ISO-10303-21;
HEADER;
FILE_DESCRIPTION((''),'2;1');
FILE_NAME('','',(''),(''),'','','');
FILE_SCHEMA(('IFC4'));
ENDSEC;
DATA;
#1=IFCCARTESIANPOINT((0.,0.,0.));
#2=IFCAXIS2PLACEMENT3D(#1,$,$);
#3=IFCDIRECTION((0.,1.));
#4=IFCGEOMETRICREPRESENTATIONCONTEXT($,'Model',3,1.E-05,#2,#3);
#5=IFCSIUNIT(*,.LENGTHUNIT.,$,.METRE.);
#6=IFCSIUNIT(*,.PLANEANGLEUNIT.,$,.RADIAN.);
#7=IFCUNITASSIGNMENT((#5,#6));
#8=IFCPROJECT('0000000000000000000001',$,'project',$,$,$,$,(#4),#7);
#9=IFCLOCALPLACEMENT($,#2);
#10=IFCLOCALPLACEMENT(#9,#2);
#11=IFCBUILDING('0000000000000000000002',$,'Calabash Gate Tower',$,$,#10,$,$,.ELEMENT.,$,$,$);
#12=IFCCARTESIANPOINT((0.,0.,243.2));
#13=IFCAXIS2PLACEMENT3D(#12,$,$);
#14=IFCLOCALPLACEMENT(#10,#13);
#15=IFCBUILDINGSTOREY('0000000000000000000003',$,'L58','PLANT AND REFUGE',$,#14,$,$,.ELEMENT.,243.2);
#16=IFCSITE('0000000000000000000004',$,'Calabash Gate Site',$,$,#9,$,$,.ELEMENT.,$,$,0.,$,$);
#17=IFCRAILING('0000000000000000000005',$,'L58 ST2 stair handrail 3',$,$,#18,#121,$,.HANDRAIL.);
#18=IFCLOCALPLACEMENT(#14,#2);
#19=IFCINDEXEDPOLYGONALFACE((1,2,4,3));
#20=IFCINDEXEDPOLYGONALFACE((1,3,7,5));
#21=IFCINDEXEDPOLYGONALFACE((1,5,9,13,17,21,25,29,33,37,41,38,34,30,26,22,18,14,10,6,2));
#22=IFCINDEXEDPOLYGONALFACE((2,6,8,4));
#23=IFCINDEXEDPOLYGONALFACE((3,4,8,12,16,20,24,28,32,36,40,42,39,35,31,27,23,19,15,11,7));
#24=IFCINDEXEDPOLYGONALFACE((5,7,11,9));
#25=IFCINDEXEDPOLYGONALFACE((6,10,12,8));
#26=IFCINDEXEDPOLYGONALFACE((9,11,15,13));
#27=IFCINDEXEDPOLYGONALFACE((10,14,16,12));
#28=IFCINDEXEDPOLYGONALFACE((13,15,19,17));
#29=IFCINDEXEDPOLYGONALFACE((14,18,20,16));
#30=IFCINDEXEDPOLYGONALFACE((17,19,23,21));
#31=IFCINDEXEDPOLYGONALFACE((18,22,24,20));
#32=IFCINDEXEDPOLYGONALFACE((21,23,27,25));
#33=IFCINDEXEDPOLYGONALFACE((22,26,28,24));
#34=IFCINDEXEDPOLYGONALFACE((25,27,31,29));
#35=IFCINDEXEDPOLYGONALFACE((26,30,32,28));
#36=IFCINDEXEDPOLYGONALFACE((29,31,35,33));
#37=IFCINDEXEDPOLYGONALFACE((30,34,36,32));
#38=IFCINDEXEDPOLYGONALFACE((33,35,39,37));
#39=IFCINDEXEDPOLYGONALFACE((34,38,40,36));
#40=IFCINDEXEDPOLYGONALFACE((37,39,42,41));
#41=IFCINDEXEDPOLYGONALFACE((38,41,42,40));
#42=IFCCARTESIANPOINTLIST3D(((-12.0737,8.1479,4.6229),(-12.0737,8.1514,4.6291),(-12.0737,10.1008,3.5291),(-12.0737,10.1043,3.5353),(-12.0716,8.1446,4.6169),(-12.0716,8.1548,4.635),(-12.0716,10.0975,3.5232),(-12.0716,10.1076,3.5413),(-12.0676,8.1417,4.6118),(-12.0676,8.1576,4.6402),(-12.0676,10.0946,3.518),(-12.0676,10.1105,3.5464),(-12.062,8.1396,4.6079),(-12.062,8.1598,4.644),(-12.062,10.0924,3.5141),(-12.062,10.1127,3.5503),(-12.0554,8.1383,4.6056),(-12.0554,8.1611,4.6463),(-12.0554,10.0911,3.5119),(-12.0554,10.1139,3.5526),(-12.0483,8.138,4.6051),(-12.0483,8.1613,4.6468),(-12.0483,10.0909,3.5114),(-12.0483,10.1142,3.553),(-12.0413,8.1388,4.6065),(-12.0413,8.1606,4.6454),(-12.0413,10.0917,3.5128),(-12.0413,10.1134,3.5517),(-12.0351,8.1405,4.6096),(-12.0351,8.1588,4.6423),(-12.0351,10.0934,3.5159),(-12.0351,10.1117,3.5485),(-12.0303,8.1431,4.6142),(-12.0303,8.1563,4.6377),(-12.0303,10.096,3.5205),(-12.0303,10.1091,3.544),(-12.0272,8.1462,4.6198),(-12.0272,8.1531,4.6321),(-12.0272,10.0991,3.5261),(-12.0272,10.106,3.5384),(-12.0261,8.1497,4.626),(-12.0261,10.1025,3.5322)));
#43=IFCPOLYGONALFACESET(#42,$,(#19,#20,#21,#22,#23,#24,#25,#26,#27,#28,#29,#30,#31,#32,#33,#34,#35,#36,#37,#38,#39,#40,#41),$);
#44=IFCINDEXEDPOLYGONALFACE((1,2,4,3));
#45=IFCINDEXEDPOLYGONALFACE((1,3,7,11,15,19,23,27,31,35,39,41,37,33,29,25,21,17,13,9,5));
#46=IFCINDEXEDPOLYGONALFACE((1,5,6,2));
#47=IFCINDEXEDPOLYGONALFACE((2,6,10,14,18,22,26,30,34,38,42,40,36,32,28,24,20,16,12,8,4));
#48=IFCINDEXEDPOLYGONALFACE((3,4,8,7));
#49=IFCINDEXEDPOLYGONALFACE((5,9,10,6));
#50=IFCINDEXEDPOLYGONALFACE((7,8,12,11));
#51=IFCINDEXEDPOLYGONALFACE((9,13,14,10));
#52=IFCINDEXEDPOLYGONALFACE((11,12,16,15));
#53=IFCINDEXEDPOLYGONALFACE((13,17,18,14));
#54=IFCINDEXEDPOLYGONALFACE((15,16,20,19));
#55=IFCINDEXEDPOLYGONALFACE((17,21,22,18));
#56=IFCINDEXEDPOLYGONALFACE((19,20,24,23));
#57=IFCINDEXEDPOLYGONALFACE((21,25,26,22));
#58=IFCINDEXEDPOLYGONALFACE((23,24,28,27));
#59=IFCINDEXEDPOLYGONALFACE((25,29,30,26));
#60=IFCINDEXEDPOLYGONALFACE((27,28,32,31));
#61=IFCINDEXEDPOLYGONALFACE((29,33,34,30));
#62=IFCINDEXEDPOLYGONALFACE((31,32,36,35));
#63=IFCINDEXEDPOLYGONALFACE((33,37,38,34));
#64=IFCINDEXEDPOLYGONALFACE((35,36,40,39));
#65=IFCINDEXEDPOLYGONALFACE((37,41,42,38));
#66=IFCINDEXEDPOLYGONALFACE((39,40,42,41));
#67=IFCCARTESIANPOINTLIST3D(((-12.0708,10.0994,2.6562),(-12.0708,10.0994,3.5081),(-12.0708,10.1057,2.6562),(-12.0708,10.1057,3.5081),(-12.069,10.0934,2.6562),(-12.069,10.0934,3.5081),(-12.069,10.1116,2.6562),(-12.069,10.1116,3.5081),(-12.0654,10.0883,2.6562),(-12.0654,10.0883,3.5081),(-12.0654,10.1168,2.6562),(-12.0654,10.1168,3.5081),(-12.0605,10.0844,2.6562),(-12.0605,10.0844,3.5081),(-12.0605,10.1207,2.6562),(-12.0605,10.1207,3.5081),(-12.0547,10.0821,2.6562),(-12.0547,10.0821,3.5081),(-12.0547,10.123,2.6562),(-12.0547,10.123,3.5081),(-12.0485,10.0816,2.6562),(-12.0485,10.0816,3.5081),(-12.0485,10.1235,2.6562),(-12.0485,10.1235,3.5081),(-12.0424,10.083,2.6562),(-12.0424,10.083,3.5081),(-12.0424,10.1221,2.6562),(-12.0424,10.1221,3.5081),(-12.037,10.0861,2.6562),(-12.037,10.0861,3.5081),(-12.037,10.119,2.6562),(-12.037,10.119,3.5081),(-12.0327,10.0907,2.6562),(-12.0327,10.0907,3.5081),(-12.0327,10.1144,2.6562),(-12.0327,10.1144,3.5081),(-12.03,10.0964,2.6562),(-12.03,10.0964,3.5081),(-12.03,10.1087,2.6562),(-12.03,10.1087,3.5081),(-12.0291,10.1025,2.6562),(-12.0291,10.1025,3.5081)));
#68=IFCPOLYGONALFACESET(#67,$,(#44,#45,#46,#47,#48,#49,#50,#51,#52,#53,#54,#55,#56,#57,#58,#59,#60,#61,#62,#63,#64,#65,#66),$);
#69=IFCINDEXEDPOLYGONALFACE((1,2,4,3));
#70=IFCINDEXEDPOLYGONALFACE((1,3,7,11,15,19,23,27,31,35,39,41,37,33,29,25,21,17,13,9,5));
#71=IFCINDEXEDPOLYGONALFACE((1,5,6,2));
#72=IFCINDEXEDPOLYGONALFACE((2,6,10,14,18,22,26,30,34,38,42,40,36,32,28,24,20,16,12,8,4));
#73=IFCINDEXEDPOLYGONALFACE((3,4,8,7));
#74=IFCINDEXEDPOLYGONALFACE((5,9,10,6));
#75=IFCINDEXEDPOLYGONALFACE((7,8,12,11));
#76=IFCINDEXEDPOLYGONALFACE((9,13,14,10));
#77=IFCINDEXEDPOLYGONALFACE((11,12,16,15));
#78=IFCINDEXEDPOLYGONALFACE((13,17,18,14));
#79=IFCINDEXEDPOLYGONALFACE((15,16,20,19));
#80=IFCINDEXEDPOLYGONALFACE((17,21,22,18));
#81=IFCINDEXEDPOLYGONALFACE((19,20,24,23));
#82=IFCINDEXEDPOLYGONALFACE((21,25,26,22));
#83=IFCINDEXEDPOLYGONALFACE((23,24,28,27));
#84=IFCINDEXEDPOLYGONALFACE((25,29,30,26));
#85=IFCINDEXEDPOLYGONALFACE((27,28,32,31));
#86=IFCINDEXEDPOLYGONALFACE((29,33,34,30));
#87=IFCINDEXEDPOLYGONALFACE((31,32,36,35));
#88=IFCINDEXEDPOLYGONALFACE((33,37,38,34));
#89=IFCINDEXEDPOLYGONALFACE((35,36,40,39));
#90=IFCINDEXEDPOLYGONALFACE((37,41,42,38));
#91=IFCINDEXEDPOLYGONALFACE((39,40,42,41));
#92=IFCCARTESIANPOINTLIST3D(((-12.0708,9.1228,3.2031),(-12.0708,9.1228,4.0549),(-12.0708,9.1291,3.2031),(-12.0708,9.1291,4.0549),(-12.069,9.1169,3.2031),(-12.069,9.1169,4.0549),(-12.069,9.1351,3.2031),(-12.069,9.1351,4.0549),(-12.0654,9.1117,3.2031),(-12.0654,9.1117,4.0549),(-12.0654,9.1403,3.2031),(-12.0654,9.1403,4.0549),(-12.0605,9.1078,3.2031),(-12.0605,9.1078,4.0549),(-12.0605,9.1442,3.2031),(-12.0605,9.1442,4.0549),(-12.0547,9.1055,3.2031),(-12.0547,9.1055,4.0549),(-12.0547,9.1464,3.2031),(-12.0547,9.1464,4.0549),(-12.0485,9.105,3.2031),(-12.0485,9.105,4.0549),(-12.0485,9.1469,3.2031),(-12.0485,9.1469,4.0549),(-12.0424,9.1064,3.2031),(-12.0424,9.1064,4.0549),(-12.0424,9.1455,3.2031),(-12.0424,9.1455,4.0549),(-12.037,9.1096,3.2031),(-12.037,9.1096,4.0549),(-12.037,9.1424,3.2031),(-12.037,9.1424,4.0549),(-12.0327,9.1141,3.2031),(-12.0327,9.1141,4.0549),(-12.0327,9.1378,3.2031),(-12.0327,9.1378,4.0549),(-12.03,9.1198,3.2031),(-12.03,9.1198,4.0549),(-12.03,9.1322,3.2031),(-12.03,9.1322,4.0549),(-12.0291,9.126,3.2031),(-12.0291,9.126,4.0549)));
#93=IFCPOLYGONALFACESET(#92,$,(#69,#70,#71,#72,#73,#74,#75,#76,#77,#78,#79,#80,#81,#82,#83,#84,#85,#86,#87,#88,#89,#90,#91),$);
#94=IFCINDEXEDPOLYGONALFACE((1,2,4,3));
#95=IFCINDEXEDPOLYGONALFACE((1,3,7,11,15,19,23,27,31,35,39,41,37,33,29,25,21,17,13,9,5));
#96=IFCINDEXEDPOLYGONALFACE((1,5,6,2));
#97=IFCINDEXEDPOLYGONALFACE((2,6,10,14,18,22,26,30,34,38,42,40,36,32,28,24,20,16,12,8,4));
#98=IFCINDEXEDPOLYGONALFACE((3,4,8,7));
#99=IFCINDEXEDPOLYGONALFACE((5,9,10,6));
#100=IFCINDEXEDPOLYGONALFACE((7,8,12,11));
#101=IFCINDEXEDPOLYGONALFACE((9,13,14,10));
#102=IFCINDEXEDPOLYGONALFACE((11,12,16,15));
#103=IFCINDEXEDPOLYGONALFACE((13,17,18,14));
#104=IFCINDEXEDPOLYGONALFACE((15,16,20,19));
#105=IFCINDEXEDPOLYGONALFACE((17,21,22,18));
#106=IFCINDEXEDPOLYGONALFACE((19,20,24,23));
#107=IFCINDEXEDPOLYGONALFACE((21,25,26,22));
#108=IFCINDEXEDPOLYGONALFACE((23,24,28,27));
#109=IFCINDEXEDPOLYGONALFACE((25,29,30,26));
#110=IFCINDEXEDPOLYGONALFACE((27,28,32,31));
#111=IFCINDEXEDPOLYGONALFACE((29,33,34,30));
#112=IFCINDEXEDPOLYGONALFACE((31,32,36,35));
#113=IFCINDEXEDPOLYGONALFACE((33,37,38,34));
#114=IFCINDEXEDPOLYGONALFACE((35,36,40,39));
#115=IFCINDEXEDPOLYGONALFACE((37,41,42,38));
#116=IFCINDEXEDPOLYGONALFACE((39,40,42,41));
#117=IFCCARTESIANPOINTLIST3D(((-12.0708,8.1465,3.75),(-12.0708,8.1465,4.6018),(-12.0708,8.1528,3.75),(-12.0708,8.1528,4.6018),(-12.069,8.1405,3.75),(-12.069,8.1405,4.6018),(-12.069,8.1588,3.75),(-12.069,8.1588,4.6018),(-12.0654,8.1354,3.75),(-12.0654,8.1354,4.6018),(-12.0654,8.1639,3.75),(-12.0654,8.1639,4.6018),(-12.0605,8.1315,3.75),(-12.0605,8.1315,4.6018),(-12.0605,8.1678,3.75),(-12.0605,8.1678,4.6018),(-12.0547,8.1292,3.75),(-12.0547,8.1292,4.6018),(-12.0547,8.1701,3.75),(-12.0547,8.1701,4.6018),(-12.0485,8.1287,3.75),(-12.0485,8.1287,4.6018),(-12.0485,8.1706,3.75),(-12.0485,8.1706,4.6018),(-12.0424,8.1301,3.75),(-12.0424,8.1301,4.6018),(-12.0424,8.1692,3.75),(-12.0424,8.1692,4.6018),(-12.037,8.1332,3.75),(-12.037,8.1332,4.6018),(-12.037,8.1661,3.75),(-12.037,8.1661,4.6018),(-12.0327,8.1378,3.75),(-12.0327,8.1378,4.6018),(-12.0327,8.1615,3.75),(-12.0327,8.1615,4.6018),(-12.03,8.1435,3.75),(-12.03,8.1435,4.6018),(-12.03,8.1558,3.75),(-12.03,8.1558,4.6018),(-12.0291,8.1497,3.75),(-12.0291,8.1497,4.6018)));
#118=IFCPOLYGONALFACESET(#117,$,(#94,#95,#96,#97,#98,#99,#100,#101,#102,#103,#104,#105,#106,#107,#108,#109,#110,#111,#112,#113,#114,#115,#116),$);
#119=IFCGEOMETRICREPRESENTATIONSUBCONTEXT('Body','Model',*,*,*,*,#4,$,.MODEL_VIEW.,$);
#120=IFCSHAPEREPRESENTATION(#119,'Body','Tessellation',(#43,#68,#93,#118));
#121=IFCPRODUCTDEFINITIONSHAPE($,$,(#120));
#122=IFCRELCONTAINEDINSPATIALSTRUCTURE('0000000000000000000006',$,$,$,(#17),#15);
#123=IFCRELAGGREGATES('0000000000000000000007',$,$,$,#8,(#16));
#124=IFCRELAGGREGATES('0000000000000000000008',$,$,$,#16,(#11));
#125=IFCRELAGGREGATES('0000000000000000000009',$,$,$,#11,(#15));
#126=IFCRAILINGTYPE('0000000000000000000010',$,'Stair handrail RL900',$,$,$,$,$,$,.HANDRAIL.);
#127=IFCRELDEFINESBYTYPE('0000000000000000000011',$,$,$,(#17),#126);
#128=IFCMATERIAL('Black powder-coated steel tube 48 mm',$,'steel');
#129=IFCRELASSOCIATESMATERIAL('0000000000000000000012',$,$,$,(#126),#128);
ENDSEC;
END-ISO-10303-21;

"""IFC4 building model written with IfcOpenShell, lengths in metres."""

from ifc_helpers import new_model, si_unit, direction, frame, origin, origin_2d, place, context, subcontext, project, spatial, circle, extrude, material, type_object, element, save


model = new_model("IFC4")

# Units and contexts
model_context = context("Model", 3, precision=1e-05, world=origin(), true_north=direction((0.0, 1.0)))
body_context = subcontext(model_context, "Body", "Model", "MODEL_VIEW")
ifc_project = project(units=[si_unit("LENGTHUNIT", "METRE"), si_unit("PLANEANGLEUNIT", "RADIAN")], contexts=[model_context])

# Site, building, storey
site_placement = place(None, origin())
site = spatial("IfcSite", under=ifc_project, at=site_placement, Name="Calabash Gate Site", CompositionType="ELEMENT", RefElevation=0.0)
building_placement = place(site_placement, origin())
building = spatial("IfcBuilding", under=site, at=building_placement, Name="Calabash Gate Tower", CompositionType="ELEMENT")
storey_placement = place(building_placement, frame((0.0, 0.0, 243.2)))
storey = spatial("IfcBuildingStorey", under=building, at=storey_placement, Name="L58", Description="PLANT AND REFUGE", CompositionType="ELEMENT", Elevation=243.2)

# Railing
ifc_material_1 = material(Name="Black powder-coated steel tube 48 mm", Category="steel")
railing_type_1 = type_object("IfcRailingType", Name="Stair handrail RL900", PredefinedType="HANDRAIL", material=ifc_material_1)
railing_1_placement = place(storey_placement, frame((-12.05, 10.1025, 2.6562)))
element("IfcRailing", 1, at=railing_1_placement, inside=storey, type_object=railing_type_1, Name="L58 ST2 stair handrail 3", PredefinedType="HANDRAIL", context=body_context, shape_type="SweptSolid", body=[
    extrude(circle(Radius=0.0239, at=origin_2d()), frame((0.0, 0.0, 0.876), z_axis=(0.0, -0.87248, 0.48865), x_axis=(1.0, 0.0, 0.0)), (0.0, 0.0, 1.0), 2.2383),
    extrude(circle(Radius=0.021, at=origin_2d()), origin(), (0.0, 0.0, 1.0), 0.8518),
    extrude(circle(Radius=0.021, at=origin_2d()), frame((0.0, -0.9766, 0.5469)), (0.0, 0.0, 1.0), 0.8518),
    extrude(circle(Radius=0.021, at=origin_2d()), frame((0.0, -1.9529, 1.0938)), (0.0, 0.0, 1.0), 0.8518),
])

save(model, "model.ifc")
